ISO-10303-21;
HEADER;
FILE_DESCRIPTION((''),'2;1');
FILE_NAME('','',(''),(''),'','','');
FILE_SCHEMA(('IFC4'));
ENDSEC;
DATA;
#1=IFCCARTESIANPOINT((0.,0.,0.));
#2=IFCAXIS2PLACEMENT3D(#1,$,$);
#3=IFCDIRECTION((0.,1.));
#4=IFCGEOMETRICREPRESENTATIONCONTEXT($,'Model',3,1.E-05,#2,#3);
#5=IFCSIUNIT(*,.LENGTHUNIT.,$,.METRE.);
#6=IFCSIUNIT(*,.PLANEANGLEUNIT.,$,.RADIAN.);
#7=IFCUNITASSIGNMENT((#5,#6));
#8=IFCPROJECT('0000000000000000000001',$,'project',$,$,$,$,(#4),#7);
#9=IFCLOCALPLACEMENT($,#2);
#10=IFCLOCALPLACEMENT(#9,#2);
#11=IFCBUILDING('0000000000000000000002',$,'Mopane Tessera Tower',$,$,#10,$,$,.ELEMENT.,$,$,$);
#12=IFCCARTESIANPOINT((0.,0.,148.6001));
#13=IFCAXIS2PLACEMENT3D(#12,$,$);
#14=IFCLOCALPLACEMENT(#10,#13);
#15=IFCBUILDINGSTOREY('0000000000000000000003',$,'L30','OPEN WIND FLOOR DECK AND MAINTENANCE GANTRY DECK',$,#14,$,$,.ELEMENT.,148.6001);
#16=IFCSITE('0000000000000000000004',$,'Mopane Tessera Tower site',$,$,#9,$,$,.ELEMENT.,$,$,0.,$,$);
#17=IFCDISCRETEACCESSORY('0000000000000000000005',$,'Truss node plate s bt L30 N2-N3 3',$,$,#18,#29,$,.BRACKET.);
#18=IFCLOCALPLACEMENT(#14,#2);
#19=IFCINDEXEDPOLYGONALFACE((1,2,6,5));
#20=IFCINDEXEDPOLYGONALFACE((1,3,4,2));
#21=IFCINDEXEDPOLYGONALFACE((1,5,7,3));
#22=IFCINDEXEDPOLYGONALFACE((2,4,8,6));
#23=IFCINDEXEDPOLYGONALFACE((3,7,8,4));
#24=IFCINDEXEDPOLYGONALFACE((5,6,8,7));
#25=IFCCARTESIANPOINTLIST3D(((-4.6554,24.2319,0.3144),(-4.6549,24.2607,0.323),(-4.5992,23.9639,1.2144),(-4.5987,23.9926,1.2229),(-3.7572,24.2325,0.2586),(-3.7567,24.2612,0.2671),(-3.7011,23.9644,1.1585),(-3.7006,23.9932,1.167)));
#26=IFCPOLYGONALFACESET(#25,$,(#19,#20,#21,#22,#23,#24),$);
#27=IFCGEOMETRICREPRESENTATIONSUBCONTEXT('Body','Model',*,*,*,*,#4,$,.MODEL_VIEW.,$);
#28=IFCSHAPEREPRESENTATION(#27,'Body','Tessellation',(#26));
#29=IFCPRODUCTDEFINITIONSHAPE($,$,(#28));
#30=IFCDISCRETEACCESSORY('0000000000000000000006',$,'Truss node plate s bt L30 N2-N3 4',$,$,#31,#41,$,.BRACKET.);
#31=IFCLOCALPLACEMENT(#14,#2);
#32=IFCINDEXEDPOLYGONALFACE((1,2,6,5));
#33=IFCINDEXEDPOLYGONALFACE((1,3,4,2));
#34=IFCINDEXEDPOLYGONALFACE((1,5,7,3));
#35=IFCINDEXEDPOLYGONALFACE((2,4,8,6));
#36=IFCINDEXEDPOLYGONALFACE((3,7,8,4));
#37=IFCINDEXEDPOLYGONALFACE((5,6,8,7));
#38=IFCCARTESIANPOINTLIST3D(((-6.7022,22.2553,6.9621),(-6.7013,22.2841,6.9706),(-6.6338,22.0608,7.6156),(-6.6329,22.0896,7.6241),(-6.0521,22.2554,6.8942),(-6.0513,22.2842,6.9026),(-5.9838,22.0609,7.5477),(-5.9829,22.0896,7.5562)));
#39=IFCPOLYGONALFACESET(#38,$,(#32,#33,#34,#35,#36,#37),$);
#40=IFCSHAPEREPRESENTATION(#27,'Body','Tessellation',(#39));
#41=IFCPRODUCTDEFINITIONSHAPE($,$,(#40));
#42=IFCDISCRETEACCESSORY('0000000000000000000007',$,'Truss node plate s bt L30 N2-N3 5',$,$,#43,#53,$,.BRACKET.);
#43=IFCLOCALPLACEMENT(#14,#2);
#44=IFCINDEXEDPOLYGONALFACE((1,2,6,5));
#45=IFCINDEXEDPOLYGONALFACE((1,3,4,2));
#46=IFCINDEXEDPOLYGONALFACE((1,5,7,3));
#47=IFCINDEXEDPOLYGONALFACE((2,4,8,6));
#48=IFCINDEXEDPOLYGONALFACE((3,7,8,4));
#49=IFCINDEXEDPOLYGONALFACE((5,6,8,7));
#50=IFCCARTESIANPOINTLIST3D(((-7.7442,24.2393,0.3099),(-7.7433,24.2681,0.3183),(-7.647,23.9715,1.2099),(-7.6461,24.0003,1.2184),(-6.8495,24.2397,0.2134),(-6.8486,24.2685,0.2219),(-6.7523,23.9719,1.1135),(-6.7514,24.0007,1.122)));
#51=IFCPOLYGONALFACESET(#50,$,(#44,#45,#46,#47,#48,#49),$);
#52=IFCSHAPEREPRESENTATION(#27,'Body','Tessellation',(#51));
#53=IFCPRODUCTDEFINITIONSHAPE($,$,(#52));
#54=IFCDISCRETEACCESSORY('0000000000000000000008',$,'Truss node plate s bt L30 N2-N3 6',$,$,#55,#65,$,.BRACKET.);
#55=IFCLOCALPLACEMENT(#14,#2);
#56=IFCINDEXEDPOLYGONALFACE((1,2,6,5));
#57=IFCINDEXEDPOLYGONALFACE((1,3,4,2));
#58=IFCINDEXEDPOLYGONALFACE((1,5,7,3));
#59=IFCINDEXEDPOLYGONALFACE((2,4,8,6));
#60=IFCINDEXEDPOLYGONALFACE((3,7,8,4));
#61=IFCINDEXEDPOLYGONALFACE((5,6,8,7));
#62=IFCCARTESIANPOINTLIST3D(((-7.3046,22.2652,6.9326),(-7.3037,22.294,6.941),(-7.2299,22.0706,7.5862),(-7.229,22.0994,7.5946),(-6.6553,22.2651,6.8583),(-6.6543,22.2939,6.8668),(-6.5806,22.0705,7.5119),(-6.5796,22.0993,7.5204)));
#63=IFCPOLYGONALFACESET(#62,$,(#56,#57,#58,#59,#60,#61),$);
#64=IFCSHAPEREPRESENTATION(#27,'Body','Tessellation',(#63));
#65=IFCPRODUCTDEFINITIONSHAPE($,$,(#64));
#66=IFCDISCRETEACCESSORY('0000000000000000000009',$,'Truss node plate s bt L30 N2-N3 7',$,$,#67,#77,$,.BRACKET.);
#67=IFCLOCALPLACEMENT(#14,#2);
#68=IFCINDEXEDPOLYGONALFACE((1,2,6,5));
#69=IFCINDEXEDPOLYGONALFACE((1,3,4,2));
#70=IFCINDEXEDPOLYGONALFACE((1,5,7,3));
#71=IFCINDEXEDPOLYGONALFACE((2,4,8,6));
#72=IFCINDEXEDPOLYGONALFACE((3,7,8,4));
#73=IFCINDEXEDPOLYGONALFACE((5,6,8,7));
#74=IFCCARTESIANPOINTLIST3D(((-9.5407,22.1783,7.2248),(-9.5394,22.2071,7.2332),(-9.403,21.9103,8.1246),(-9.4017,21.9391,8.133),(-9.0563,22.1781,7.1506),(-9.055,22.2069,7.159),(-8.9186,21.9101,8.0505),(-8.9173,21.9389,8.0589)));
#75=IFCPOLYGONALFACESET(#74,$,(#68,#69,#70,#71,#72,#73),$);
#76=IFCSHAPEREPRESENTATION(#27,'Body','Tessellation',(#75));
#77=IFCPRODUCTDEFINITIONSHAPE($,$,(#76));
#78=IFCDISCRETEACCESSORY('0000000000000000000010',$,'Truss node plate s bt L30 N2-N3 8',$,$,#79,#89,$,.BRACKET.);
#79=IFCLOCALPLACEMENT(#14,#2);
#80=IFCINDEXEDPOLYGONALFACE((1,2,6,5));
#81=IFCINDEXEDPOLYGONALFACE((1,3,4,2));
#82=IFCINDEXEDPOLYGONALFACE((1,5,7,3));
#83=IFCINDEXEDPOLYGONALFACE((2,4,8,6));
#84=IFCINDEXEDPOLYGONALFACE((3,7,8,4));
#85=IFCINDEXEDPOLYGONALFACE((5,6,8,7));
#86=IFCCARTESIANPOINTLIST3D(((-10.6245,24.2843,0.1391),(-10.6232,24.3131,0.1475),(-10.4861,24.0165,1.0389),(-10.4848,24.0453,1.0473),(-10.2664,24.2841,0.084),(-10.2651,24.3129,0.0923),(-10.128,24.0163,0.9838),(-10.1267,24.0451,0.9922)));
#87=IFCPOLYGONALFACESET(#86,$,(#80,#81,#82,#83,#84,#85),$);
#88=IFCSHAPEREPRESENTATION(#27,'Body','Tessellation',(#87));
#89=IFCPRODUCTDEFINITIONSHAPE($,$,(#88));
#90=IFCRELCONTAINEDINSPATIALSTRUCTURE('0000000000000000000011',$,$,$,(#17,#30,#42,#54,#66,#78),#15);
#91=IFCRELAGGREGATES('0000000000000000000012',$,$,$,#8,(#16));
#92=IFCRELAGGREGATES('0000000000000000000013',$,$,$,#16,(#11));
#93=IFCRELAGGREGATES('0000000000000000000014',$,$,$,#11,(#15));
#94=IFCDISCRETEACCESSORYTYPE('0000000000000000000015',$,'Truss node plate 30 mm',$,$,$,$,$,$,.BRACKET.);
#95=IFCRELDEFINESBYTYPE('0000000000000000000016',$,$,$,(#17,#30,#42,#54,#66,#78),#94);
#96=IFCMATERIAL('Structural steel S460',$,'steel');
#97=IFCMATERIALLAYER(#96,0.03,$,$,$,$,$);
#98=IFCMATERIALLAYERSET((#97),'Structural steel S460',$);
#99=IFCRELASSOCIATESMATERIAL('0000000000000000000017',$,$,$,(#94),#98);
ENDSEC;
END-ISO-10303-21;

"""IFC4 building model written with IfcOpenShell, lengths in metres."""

from ifc_helpers import new_model, si_unit, direction, frame, origin, origin_2d, place, context, subcontext, project, spatial, rectangle, extrude, material, layer, layer_set, type_object, element, save


model = new_model("IFC4")

# Units and contexts
model_context = context("Model", 3, precision=1e-05, world=origin(), true_north=direction((0.0, 1.0)))
body_context = subcontext(model_context, "Body", "Model", "MODEL_VIEW")
ifc_project = project(units=[si_unit("LENGTHUNIT", "METRE"), si_unit("PLANEANGLEUNIT", "RADIAN")], contexts=[model_context])

# Site, building, storey
site_placement = place(None, origin())
site = spatial("IfcSite", under=ifc_project, at=site_placement, Name="Mopane Tessera Tower site", CompositionType="ELEMENT", RefElevation=0.0)
building_placement = place(site_placement, origin())
building = spatial("IfcBuilding", under=site, at=building_placement, Name="Mopane Tessera Tower", CompositionType="ELEMENT")
storey_placement = place(building_placement, frame((0.0, 0.0, 148.6001)))
storey = spatial("IfcBuildingStorey", under=building, at=storey_placement, Name="L30", Description="OPEN WIND FLOOR DECK AND MAINTENANCE GANTRY DECK", CompositionType="ELEMENT", Elevation=148.6001)

# Discrete accessories
ifc_material_1 = material(Name="Structural steel S460", Category="steel")
ifc_layer_1 = layer(ifc_material_1, 0.03)
ifc_layer_set_1 = layer_set([ifc_layer_1], Name="Structural steel S460")
discrete_accessory_type = type_object("IfcDiscreteAccessoryType", Name="Truss node plate 30 mm", PredefinedType="BRACKET", material=ifc_layer_set_1)
discrete_accessory_1_placement = place(storey_placement, frame((-4.2061, 24.2466, 0.2908), z_axis=(0.059695, -0.284978, 0.956674), x_axis=(-0.017144, -0.958534, -0.284462)))
element("IfcDiscreteAccessory", 1, at=discrete_accessory_1_placement, inside=storey, type_object=discrete_accessory_type, Name="Truss node plate s bt L30 N2-N3 3", PredefinedType="BRACKET", context=body_context, shape_type="SweptSolid", body=[
    extrude(rectangle(XDim=0.03, YDim=0.8999, at=origin_2d()), origin(), (0.0, 0.0, 1.0), 0.9407),
])
discrete_accessory_2_placement = place(storey_placement, frame((-6.3767, 22.2698, 6.9324), z_axis=(0.099746, -0.283921, 0.953646), x_axis=(-0.029386, -0.958848, -0.282396)))
element("IfcDiscreteAccessory", 2, at=discrete_accessory_2_placement, inside=storey, type_object=discrete_accessory_type, Name="Truss node plate s bt L30 N2-N3 4", PredefinedType="BRACKET", context=body_context, shape_type="SweptSolid", body=[
    extrude(rectangle(XDim=0.03, YDim=0.6536, at=origin_2d()), origin(), (0.0, 0.0, 1.0), 0.6853),
])
discrete_accessory_3_placement = place(storey_placement, frame((-7.2964, 24.2539, 0.2659), z_axis=(0.102915, -0.283663, 0.953386), x_axis=(-0.029923, -0.958924, -0.28208)))
element("IfcDiscreteAccessory", 3, at=discrete_accessory_3_placement, inside=storey, type_object=discrete_accessory_type, Name="Truss node plate s bt L30 N2-N3 5", PredefinedType="BRACKET", context=body_context, shape_type="SweptSolid", body=[
    extrude(rectangle(XDim=0.03, YDim=0.8999, at=origin_2d()), origin(), (0.0, 0.0, 1.0), 0.9441),
])
discrete_accessory_4_placement = place(storey_placement, frame((-6.9795, 22.2795, 6.8997), z_axis=(0.108903, -0.283647, 0.952725), x_axis=(-0.032401, -0.958929, -0.28179)))
element("IfcDiscreteAccessory", 4, at=discrete_accessory_4_placement, inside=storey, type_object=discrete_accessory_type, Name="Truss node plate s bt L30 N2-N3 6", PredefinedType="BRACKET", context=body_context, shape_type="SweptSolid", body=[
    extrude(rectangle(XDim=0.03, YDim=0.6536, at=origin_2d()), origin(), (0.0, 0.0, 1.0), 0.686),
])
discrete_accessory_5_placement = place(storey_placement, frame((-9.2979, 22.1926, 7.1919), z_axis=(0.145092, -0.282466, 0.948241), x_axis=(-0.043146, -0.959277, -0.279151)))
element("IfcDiscreteAccessory", 5, at=discrete_accessory_5_placement, inside=storey, type_object=discrete_accessory_type, Name="Truss node plate s bt L30 N2-N3 7", PredefinedType="BRACKET", context=body_context, shape_type="SweptSolid", body=[
    extrude(rectangle(XDim=0.03, YDim=0.49, at=origin_2d()), origin(), (0.0, 0.0, 1.0), 0.949),
])
discrete_accessory_6_placement = place(storey_placement, frame((-10.4448, 24.2986, 0.1157), z_axis=(0.145858, -0.282197, 0.948204), x_axis=(-0.043341, -0.959356, -0.27885)))
element("IfcDiscreteAccessory", 6, at=discrete_accessory_6_placement, inside=storey, type_object=discrete_accessory_type, Name="Truss node plate s bt L30 N2-N3 8", PredefinedType="BRACKET", context=body_context, shape_type="SweptSolid", body=[
    extrude(rectangle(XDim=0.03, YDim=0.3623, at=origin_2d()), origin(), (0.0, 0.0, 1.0), 0.949),
])

save(model, "model.ifc")
